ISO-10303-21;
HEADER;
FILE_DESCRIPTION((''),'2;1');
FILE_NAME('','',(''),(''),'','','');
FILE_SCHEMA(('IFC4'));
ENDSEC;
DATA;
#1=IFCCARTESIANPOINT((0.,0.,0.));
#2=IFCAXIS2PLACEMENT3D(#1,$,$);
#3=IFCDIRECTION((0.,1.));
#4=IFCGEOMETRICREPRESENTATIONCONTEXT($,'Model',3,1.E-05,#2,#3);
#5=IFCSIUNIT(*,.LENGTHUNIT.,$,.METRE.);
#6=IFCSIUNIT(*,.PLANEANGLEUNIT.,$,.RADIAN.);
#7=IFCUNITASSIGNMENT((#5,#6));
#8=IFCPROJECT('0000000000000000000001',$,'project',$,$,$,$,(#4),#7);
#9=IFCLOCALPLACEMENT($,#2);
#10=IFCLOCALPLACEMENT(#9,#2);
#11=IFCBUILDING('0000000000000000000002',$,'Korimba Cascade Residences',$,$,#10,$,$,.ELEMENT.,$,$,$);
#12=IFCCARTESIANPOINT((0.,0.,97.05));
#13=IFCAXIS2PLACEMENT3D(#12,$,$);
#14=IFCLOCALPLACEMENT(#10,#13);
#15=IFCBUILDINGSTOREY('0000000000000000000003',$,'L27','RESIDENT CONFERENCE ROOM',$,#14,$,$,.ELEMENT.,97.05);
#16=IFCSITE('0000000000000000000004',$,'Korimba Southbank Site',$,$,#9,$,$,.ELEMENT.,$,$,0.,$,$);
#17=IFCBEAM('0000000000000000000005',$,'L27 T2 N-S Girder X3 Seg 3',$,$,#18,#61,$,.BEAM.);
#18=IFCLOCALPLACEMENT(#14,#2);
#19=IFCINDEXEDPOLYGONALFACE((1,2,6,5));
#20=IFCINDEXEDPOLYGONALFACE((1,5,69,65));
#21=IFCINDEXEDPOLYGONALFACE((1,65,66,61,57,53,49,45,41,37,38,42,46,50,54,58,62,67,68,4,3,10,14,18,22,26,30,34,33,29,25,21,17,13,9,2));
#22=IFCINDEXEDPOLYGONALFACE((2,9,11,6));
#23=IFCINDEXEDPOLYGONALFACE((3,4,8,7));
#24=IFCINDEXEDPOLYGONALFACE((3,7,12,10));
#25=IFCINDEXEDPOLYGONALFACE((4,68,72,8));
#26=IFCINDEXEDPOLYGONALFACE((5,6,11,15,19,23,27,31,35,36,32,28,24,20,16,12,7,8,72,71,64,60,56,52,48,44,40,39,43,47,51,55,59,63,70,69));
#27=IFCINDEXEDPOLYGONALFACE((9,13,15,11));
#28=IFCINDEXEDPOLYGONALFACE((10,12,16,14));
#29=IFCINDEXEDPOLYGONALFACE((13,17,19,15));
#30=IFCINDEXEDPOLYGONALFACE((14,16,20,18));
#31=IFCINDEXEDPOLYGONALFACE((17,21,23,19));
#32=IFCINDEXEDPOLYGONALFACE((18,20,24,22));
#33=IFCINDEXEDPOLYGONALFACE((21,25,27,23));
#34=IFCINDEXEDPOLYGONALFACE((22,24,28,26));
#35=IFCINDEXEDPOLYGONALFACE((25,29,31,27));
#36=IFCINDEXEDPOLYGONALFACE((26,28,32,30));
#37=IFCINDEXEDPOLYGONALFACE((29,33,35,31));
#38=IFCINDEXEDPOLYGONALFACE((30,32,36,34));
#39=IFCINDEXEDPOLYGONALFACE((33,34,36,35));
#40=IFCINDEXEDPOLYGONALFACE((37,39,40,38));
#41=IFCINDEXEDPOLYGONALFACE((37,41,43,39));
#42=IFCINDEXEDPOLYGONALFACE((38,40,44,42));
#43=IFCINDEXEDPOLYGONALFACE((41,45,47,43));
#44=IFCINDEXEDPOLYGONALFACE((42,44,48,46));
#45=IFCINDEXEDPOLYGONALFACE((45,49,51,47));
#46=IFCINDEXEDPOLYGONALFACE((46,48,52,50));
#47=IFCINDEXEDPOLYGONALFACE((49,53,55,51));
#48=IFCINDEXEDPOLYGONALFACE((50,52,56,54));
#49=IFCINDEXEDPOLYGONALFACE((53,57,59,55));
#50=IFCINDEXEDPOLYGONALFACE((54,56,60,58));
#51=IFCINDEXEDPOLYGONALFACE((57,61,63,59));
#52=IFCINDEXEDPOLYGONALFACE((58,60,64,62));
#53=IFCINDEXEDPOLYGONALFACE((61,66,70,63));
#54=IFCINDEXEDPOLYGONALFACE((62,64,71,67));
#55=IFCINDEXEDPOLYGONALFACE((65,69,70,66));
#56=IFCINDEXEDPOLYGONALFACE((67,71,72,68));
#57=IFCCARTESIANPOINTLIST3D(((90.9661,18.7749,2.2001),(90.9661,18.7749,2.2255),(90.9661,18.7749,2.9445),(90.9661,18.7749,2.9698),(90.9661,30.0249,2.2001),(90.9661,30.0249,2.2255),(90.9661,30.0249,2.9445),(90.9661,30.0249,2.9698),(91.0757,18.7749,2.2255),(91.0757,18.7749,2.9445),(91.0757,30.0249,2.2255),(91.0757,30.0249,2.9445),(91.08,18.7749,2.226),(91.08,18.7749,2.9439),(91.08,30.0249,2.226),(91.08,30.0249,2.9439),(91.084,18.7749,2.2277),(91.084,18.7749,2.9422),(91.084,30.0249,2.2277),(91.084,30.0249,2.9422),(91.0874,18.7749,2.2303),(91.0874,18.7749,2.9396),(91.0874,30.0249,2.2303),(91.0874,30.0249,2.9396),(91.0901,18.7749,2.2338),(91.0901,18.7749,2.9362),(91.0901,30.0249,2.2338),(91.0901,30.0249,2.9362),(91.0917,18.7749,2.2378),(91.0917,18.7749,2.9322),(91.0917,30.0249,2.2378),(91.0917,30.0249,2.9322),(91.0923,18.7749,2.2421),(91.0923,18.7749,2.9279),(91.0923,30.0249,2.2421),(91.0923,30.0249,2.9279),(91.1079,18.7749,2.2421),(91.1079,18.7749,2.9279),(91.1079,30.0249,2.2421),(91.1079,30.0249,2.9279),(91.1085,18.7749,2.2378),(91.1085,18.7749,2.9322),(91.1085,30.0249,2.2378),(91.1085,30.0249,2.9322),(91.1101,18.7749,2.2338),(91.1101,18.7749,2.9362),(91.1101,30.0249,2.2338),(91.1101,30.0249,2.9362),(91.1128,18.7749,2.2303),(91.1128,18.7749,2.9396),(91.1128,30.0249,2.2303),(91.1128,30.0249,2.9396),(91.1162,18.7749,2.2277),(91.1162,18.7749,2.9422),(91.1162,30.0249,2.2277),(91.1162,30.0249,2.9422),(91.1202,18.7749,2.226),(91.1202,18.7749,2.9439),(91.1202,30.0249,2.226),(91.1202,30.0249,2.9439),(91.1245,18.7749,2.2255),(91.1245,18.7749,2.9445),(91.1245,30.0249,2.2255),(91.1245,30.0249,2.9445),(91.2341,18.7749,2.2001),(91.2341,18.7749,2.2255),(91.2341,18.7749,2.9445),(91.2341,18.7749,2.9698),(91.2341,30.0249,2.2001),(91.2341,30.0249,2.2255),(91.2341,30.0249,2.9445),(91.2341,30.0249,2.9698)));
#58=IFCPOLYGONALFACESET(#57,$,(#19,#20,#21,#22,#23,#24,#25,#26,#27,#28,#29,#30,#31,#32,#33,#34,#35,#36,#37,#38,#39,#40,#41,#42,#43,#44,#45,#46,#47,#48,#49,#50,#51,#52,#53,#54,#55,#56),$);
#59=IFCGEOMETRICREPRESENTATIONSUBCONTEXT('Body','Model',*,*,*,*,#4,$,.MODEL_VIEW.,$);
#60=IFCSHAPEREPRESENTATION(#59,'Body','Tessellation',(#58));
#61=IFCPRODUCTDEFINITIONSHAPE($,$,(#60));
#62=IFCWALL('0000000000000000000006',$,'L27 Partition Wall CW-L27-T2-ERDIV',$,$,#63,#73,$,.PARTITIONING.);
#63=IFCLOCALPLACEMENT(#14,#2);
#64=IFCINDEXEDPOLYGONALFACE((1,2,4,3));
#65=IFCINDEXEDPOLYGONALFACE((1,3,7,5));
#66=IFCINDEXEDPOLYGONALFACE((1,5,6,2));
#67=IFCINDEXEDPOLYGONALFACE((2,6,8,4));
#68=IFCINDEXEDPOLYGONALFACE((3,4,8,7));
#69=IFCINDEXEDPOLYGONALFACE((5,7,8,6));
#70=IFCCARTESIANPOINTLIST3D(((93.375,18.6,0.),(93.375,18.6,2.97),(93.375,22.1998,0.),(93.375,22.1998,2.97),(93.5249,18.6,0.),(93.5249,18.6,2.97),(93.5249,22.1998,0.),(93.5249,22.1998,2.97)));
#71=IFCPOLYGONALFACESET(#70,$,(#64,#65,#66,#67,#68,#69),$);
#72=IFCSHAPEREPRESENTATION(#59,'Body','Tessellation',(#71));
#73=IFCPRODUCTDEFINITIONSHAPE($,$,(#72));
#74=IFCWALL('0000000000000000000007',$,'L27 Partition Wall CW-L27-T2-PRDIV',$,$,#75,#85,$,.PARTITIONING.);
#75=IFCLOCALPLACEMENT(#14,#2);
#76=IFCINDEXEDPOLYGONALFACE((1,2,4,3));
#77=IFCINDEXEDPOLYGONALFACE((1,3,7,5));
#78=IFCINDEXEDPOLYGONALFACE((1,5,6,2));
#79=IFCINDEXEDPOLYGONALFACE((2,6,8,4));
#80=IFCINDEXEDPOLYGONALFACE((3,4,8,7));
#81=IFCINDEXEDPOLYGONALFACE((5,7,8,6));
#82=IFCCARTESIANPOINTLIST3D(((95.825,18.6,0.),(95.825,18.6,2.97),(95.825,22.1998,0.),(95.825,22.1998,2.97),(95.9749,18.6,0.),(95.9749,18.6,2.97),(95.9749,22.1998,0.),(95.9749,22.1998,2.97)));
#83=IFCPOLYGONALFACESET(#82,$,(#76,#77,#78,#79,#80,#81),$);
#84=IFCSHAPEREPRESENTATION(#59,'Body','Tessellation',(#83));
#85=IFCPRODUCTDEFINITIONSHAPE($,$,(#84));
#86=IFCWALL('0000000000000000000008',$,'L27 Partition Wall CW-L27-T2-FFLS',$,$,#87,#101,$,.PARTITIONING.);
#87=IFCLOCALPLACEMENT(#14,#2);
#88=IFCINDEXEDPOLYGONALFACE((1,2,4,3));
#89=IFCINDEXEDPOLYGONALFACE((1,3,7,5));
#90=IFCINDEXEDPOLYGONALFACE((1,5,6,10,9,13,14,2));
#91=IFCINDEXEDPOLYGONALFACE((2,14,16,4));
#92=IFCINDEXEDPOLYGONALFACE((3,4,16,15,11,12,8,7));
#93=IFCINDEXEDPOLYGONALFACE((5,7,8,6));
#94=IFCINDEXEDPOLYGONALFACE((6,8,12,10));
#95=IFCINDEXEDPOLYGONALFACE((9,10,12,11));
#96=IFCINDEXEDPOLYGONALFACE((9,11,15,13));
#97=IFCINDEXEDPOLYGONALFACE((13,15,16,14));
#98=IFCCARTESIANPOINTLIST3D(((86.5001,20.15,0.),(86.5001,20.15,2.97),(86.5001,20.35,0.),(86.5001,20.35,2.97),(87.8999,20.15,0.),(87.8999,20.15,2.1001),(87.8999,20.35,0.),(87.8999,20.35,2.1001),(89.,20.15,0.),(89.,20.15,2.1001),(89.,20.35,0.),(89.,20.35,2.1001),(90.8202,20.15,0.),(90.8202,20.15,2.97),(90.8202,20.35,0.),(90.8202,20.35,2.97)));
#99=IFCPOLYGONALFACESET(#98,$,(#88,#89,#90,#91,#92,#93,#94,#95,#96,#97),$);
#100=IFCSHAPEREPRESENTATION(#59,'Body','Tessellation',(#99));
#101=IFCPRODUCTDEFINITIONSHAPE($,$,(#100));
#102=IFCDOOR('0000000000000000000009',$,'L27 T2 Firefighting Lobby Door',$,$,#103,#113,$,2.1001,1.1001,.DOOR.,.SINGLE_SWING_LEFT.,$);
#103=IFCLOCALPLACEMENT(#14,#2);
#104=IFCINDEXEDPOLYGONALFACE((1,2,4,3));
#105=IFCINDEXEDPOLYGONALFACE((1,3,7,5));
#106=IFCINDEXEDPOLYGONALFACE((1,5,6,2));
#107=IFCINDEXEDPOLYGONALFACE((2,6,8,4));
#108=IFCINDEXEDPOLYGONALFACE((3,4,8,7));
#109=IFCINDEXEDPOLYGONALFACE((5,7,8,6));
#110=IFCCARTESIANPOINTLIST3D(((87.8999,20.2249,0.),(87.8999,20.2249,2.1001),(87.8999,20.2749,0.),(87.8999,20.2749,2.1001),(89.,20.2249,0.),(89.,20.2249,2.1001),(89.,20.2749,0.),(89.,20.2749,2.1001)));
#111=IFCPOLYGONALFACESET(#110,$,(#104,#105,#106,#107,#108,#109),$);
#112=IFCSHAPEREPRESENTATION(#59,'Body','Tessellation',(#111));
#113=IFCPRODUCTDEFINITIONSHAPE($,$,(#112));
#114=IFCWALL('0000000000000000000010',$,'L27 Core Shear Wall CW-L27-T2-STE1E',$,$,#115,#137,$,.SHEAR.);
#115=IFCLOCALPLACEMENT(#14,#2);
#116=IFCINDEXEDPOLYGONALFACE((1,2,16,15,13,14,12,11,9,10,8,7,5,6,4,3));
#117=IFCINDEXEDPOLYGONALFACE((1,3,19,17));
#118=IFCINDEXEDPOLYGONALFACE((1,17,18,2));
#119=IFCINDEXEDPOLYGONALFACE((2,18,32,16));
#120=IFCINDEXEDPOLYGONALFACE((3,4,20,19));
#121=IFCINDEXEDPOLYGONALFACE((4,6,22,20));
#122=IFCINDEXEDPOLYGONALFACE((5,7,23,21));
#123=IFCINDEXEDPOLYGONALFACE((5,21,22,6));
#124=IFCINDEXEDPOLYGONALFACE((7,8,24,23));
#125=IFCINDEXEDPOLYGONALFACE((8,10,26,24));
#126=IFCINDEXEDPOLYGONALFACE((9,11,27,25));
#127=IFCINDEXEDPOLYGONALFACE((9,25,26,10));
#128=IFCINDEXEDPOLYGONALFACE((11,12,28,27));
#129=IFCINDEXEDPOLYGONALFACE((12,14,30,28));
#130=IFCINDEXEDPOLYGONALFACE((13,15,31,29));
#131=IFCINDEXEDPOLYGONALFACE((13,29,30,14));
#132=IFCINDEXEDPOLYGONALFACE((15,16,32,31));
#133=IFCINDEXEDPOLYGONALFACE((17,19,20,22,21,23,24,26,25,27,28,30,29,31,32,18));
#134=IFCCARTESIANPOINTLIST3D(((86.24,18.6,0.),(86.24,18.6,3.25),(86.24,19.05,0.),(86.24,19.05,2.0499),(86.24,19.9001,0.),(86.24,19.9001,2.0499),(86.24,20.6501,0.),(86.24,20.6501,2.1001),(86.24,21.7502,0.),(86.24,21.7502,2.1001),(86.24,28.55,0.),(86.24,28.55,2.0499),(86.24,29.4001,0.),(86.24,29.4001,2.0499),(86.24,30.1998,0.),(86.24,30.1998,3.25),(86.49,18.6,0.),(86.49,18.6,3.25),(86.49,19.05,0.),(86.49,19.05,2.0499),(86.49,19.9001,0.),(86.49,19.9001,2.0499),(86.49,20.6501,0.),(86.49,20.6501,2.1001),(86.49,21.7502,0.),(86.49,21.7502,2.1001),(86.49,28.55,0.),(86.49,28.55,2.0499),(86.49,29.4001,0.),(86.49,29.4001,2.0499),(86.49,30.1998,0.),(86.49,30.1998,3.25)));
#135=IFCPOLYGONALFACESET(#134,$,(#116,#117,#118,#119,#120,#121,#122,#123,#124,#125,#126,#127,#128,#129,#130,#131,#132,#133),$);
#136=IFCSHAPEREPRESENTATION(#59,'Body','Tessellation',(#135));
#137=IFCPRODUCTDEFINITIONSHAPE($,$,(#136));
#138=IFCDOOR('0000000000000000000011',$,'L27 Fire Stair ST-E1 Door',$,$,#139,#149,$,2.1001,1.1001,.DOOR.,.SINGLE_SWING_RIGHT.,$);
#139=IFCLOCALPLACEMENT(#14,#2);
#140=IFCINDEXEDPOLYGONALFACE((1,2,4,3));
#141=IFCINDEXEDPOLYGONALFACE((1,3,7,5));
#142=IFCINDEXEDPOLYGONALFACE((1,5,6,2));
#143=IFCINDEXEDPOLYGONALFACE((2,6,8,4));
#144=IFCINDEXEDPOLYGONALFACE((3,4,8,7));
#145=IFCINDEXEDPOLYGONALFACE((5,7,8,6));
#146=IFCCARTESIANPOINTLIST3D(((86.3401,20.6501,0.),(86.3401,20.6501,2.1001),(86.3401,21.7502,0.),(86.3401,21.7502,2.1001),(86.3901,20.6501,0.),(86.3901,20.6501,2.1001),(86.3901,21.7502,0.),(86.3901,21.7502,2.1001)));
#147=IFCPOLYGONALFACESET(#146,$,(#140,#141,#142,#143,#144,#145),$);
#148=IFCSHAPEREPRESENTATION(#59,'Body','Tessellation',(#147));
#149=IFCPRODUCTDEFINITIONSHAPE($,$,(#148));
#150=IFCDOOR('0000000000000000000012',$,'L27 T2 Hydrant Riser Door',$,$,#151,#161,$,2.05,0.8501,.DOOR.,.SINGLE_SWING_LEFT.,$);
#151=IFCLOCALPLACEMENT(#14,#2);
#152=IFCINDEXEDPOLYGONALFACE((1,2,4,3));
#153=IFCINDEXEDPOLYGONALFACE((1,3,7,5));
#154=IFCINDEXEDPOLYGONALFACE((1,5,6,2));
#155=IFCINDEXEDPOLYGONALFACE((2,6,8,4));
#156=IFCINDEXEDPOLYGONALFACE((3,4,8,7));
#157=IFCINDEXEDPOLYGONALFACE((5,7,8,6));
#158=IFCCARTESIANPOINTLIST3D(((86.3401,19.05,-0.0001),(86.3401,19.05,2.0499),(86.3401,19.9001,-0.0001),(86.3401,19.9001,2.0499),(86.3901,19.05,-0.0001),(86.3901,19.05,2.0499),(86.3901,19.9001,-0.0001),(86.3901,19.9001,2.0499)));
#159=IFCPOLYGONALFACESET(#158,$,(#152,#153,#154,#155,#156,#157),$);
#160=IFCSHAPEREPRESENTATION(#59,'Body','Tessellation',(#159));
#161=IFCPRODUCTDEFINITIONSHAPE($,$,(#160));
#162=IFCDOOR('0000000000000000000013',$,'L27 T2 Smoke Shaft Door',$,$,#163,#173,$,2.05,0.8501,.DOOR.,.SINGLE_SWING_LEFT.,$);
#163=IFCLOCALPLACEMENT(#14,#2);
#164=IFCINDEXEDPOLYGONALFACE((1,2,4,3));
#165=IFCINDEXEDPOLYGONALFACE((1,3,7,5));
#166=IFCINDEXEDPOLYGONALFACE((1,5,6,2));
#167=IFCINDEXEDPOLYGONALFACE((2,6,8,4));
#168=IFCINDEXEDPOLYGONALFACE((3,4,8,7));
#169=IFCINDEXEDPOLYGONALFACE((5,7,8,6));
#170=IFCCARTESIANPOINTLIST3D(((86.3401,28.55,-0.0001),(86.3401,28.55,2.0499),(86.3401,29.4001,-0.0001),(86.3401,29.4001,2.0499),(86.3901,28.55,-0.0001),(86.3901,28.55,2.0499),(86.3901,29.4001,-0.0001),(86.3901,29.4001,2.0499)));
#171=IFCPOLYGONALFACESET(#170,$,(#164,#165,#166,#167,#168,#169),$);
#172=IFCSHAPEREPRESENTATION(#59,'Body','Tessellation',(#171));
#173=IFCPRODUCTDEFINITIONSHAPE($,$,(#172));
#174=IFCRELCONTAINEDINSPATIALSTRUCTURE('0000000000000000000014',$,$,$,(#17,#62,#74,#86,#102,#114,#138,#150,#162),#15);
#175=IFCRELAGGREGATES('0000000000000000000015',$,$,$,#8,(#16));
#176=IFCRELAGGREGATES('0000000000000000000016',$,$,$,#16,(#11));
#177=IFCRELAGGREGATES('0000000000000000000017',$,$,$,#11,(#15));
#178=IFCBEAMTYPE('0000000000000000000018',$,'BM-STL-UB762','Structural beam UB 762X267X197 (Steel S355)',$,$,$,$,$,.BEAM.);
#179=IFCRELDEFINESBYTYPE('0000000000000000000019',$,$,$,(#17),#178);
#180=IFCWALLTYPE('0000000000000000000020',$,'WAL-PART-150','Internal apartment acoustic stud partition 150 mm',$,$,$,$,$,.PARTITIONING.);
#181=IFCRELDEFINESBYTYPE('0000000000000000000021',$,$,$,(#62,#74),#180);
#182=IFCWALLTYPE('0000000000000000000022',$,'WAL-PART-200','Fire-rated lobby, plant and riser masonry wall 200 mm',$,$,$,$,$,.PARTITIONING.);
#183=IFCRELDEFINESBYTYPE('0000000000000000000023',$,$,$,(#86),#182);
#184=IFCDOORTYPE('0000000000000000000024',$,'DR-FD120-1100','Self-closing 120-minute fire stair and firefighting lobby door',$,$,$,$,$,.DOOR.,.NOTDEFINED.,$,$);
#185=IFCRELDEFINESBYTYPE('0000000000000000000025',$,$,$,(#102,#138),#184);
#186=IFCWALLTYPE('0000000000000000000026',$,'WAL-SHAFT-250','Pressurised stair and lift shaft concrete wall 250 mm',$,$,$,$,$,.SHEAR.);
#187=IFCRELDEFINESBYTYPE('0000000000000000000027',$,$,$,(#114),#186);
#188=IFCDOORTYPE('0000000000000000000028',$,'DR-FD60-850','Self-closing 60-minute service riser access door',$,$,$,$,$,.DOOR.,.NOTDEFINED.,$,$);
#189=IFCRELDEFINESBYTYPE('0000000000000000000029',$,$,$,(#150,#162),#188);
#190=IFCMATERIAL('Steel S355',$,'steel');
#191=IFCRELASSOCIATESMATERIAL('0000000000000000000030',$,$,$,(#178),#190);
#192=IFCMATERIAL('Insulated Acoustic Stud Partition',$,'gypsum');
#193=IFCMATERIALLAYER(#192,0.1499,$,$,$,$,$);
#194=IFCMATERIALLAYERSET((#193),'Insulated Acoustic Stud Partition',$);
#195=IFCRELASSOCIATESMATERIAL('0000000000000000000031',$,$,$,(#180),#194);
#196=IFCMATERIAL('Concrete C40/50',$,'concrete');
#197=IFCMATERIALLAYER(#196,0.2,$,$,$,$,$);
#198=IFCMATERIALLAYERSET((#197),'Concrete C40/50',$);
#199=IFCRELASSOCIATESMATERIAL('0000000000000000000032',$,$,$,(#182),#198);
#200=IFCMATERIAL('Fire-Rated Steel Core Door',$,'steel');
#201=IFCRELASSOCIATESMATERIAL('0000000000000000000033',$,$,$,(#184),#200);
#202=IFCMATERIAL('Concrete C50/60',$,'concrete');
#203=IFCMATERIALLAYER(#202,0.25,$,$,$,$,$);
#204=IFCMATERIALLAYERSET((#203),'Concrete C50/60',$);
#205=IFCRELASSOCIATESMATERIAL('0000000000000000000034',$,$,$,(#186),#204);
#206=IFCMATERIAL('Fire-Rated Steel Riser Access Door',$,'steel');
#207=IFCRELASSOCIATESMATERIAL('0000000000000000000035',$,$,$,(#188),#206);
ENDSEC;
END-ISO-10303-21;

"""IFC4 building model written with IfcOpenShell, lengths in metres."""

from ifc_helpers import new_model, si_unit, direction, frame, frame_2d, origin, origin_2d, place, context, subcontext, project, spatial, rectangle, i_section, extrude, material, layer, layer_set, material_profile, profile_set, type_object, element, fill, save


model = new_model("IFC4")

# Units and contexts
model_context = context("Model", 3, precision=1e-05, world=origin(), true_north=direction((0.0, 1.0)))
body_context = subcontext(model_context, "Body", "Model", "MODEL_VIEW")
ifc_project = project(units=[si_unit("LENGTHUNIT", "METRE"), si_unit("PLANEANGLEUNIT", "RADIAN")], contexts=[model_context])

# Site, building, storey
site_placement = place(None, origin())
site = spatial("IfcSite", under=ifc_project, at=site_placement, Name="Korimba Southbank Site", CompositionType="ELEMENT", RefElevation=0.0)
building_placement = place(site_placement, origin())
building = spatial("IfcBuilding", under=site, at=building_placement, Name="Korimba Cascade Residences", CompositionType="ELEMENT")
storey_placement = place(building_placement, frame((0.0, 0.0, 97.05)))
storey = spatial("IfcBuildingStorey", under=building, at=storey_placement, Name="L27", Description="RESIDENT CONFERENCE ROOM", CompositionType="ELEMENT", Elevation=97.05)

# Beam
ifc_material_1 = material(Name="Steel S355", Category="steel")
ifc_material_profile = material_profile(ifc_material_1, i_section(OverallWidth=0.2681, OverallDepth=0.7698, WebThickness=0.0156, FlangeThickness=0.0254, FilletRadius=0.0166, at=origin_2d()), Name="Steel S355")
ifc_profile_set = profile_set([ifc_material_profile], Name="Steel S355")
beam_type = type_object("IfcBeamType", Name="BM-STL-UB762", Description="Structural beam UB 762X267X197 (Steel S355)", PredefinedType="BEAM", material=ifc_profile_set)
beam_placement = place(storey_placement, frame((91.1001, 18.7749, 2.585), z_axis=(0.0, 1.0, 0.0), x_axis=(-1.0, 0.0, 0.0)))
element("IfcBeam", 1, at=beam_placement, inside=storey, type_object=beam_type, Name="L27 T2 N-S Girder X3 Seg 3", PredefinedType="BEAM", context=body_context, shape_type="SweptSolid", body=[
    extrude(i_section(OverallWidth=0.2681, OverallDepth=0.7698, WebThickness=0.0156, FlangeThickness=0.0254, FilletRadius=0.0166, at=origin_2d()), origin(), (0.0, 0.0, 1.0), 11.25),
])

# Walls
ifc_material_2 = material(Name="Insulated Acoustic Stud Partition", Category="gypsum")
ifc_layer_1 = layer(ifc_material_2, 0.1499)
ifc_layer_set_1 = layer_set([ifc_layer_1], Name="Insulated Acoustic Stud Partition")
wall_type_1 = type_object("IfcWallType", Name="WAL-PART-150", Description="Internal apartment acoustic stud partition 150 mm", PredefinedType="PARTITIONING", material=ifc_layer_set_1)
for number, where, z_axis, x_axis, name in (
    (2, (93.45, 18.6001, 0.0), (0.0, 0.0, 1.0), (0.0, 1.0, 0.0), "L27 Partition Wall CW-L27-T2-ERDIV"),
    (3, (95.8999, 18.6001, 0.0), (0.0, 0.0, 1.0), (0.0, 1.0, 0.0), "L27 Partition Wall CW-L27-T2-PRDIV"),
):
    element("IfcWall", number, at=place(storey_placement, frame(where, z_axis=z_axis, x_axis=x_axis)), inside=storey, type_object=wall_type_1, Name=name, PredefinedType="PARTITIONING", context=body_context, shape_type="SweptSolid", body=[
        extrude(rectangle(XDim=3.5999, YDim=0.1499, at=frame_2d((1.7998, 0.0))), origin(), (0.0, 0.0, 1.0), 2.97),
    ])

# Wall, opening, door
ifc_material_3 = material(Name="Concrete C40/50", Category="concrete")
ifc_layer_2 = layer(ifc_material_3, 0.2)
ifc_layer_set_2 = layer_set([ifc_layer_2], Name="Concrete C40/50")
wall_type_2 = type_object("IfcWallType", Name="WAL-PART-200", Description="Fire-rated lobby, plant and riser masonry wall 200 mm", PredefinedType="PARTITIONING", material=ifc_layer_set_2)
wall_1_placement = place(storey_placement, frame((86.5, 20.25, 0.0), z_axis=(0.0, 0.0, 1.0), x_axis=(1.0, 0.0, 0.0)))
wall_1 = element("IfcWall", 4, at=wall_1_placement, inside=storey, type_object=wall_type_2, Name="L27 Partition Wall CW-L27-T2-FFLS", PredefinedType="PARTITIONING", context=body_context, shape_type="SweptSolid", body=[
    extrude(rectangle(XDim=4.3201, YDim=0.2, at=frame_2d((2.1602, 0.0))), origin(), (0.0, 0.0, 1.0), 2.97),
])
opening_1_placement = place(wall_1_placement, frame((1.3999, 0.0, 0.0)))
opening_1 = element("IfcOpeningElement", 5, at=opening_1_placement, cuts=wall_1, PredefinedType="OPENING", context=body_context, shape_type="SweptSolid", body=[
    extrude(rectangle(XDim=1.1001, YDim=2.1001, at=frame_2d((0.55, 1.05))), frame((0.0, 0.1099, 0.0), z_axis=(0.0, -1.0, 0.0), x_axis=(1.0, 0.0, 0.0)), (0.0, 0.0, 1.0), 0.22),
])
ifc_material_4 = material(Name="Fire-Rated Steel Core Door", Category="steel")
door_type_1 = type_object("IfcDoorType", Name="DR-FD120-1100", Description="Self-closing 120-minute fire stair and firefighting lobby door", OperationType="NOTDEFINED", PredefinedType="DOOR", material=ifc_material_4)
door_1_placement = place(opening_1_placement, origin())
door_1 = element("IfcDoor", 6, at=door_1_placement, inside=storey, type_object=door_type_1, Name="L27 T2 Firefighting Lobby Door", OperationType="SINGLE_SWING_LEFT", OverallHeight=2.1001, OverallWidth=1.1001, PredefinedType="DOOR", context=body_context, shape_type="SweptSolid", body=[
    extrude(rectangle(XDim=1.1001, YDim=2.1001, at=frame_2d((0.55, 1.05))), frame((0.0, 0.0249, 0.0), z_axis=(0.0, -1.0, 0.0), x_axis=(1.0, 0.0, 0.0)), (0.0, 0.0, 1.0), 0.05),
])
fill(opening_1, door_1)

# Wall, openings, doors
ifc_material_5 = material(Name="Concrete C50/60", Category="concrete")
ifc_layer_3 = layer(ifc_material_5, 0.25)
ifc_layer_set_3 = layer_set([ifc_layer_3], Name="Concrete C50/60")
wall_type_3 = type_object("IfcWallType", Name="WAL-SHAFT-250", Description="Pressurised stair and lift shaft concrete wall 250 mm", PredefinedType="SHEAR", material=ifc_layer_set_3)
wall_2_placement = place(storey_placement, frame((86.365, 18.6001, 0.0), z_axis=(0.0, 0.0, 1.0), x_axis=(0.0, 1.0, 0.0)))
wall_2 = element("IfcWall", 7, at=wall_2_placement, inside=storey, type_object=wall_type_3, Name="L27 Core Shear Wall CW-L27-T2-STE1E", PredefinedType="SHEAR", context=body_context, shape_type="SweptSolid", body=[
    extrude(rectangle(XDim=11.5999, YDim=0.25, at=frame_2d((5.7998, 0.0))), origin(), (0.0, 0.0, 1.0), 3.25),
])
opening_2_placement = place(wall_2_placement, frame((0.45, 0.0, 0.0)))
opening_2 = element("IfcOpeningElement", 8, at=opening_2_placement, cuts=wall_2, PredefinedType="OPENING", context=body_context, shape_type="SweptSolid", body=[
    extrude(rectangle(XDim=0.8501, YDim=2.05, at=frame_2d((0.425, 1.0249))), frame((0.0, 0.135, 0.0), z_axis=(0.0, -1.0, 0.0), x_axis=(1.0, 0.0, 0.0)), (0.0, 0.0, 1.0), 0.27),
])
opening_3_placement = place(wall_2_placement, frame((2.05, 0.0, 0.0)))
opening_3 = element("IfcOpeningElement", 9, at=opening_3_placement, cuts=wall_2, PredefinedType="OPENING", context=body_context, shape_type="SweptSolid", body=[
    extrude(rectangle(XDim=1.1001, YDim=2.1001, at=frame_2d((0.55, 1.05))), frame((0.0, 0.135, 0.0), z_axis=(0.0, -1.0, 0.0), x_axis=(1.0, 0.0, 0.0)), (0.0, 0.0, 1.0), 0.27),
])
opening_4_placement = place(wall_2_placement, frame((9.95, 0.0, 0.0)))
opening_4 = element("IfcOpeningElement", 10, at=opening_4_placement, cuts=wall_2, PredefinedType="OPENING", context=body_context, shape_type="SweptSolid", body=[
    extrude(rectangle(XDim=0.8501, YDim=2.05, at=frame_2d((0.425, 1.0249))), frame((0.0, 0.135, 0.0), z_axis=(0.0, -1.0, 0.0), x_axis=(1.0, 0.0, 0.0)), (0.0, 0.0, 1.0), 0.27),
])
door_2_placement = place(opening_3_placement, origin())
door_2 = element("IfcDoor", 11, at=door_2_placement, inside=storey, type_object=door_type_1, Name="L27 Fire Stair ST-E1 Door", OperationType="SINGLE_SWING_RIGHT", OverallHeight=2.1001, OverallWidth=1.1001, PredefinedType="DOOR", context=body_context, shape_type="SweptSolid", body=[
    extrude(rectangle(XDim=1.1001, YDim=2.1001, at=frame_2d((0.55, 1.05))), frame((0.0, 0.0249, 0.0), z_axis=(0.0, -1.0, 0.0), x_axis=(1.0, 0.0, 0.0)), (0.0, 0.0, 1.0), 0.05),
])
fill(opening_3, door_2)
ifc_material_6 = material(Name="Fire-Rated Steel Riser Access Door", Category="steel")
door_type_2 = type_object("IfcDoorType", Name="DR-FD60-850", Description="Self-closing 60-minute service riser access door", OperationType="NOTDEFINED", PredefinedType="DOOR", material=ifc_material_6)
door_3_placement = place(opening_2_placement, origin())
door_3 = element("IfcDoor", 12, at=door_3_placement, inside=storey, type_object=door_type_2, Name="L27 T2 Hydrant Riser Door", OperationType="SINGLE_SWING_LEFT", OverallHeight=2.05, OverallWidth=0.8501, PredefinedType="DOOR", context=body_context, shape_type="SweptSolid", body=[
    extrude(rectangle(XDim=0.8501, YDim=2.05, at=frame_2d((0.425, 1.0249))), frame((0.0, 0.0249, 0.0), z_axis=(0.0, -1.0, 0.0), x_axis=(1.0, 0.0, 0.0)), (0.0, 0.0, 1.0), 0.05),
])
fill(opening_2, door_3)
door_4_placement = place(opening_4_placement, origin())
door_4 = element("IfcDoor", 13, at=door_4_placement, inside=storey, type_object=door_type_2, Name="L27 T2 Smoke Shaft Door", OperationType="SINGLE_SWING_LEFT", OverallHeight=2.05, OverallWidth=0.8501, PredefinedType="DOOR", context=body_context, shape_type="SweptSolid", body=[
    extrude(rectangle(XDim=0.8501, YDim=2.05, at=frame_2d((0.425, 1.0249))), frame((0.0, 0.0249, 0.0), z_axis=(0.0, -1.0, 0.0), x_axis=(1.0, 0.0, 0.0)), (0.0, 0.0, 1.0), 0.05),
])
fill(opening_4, door_4)

save(model, "model.ifc")
